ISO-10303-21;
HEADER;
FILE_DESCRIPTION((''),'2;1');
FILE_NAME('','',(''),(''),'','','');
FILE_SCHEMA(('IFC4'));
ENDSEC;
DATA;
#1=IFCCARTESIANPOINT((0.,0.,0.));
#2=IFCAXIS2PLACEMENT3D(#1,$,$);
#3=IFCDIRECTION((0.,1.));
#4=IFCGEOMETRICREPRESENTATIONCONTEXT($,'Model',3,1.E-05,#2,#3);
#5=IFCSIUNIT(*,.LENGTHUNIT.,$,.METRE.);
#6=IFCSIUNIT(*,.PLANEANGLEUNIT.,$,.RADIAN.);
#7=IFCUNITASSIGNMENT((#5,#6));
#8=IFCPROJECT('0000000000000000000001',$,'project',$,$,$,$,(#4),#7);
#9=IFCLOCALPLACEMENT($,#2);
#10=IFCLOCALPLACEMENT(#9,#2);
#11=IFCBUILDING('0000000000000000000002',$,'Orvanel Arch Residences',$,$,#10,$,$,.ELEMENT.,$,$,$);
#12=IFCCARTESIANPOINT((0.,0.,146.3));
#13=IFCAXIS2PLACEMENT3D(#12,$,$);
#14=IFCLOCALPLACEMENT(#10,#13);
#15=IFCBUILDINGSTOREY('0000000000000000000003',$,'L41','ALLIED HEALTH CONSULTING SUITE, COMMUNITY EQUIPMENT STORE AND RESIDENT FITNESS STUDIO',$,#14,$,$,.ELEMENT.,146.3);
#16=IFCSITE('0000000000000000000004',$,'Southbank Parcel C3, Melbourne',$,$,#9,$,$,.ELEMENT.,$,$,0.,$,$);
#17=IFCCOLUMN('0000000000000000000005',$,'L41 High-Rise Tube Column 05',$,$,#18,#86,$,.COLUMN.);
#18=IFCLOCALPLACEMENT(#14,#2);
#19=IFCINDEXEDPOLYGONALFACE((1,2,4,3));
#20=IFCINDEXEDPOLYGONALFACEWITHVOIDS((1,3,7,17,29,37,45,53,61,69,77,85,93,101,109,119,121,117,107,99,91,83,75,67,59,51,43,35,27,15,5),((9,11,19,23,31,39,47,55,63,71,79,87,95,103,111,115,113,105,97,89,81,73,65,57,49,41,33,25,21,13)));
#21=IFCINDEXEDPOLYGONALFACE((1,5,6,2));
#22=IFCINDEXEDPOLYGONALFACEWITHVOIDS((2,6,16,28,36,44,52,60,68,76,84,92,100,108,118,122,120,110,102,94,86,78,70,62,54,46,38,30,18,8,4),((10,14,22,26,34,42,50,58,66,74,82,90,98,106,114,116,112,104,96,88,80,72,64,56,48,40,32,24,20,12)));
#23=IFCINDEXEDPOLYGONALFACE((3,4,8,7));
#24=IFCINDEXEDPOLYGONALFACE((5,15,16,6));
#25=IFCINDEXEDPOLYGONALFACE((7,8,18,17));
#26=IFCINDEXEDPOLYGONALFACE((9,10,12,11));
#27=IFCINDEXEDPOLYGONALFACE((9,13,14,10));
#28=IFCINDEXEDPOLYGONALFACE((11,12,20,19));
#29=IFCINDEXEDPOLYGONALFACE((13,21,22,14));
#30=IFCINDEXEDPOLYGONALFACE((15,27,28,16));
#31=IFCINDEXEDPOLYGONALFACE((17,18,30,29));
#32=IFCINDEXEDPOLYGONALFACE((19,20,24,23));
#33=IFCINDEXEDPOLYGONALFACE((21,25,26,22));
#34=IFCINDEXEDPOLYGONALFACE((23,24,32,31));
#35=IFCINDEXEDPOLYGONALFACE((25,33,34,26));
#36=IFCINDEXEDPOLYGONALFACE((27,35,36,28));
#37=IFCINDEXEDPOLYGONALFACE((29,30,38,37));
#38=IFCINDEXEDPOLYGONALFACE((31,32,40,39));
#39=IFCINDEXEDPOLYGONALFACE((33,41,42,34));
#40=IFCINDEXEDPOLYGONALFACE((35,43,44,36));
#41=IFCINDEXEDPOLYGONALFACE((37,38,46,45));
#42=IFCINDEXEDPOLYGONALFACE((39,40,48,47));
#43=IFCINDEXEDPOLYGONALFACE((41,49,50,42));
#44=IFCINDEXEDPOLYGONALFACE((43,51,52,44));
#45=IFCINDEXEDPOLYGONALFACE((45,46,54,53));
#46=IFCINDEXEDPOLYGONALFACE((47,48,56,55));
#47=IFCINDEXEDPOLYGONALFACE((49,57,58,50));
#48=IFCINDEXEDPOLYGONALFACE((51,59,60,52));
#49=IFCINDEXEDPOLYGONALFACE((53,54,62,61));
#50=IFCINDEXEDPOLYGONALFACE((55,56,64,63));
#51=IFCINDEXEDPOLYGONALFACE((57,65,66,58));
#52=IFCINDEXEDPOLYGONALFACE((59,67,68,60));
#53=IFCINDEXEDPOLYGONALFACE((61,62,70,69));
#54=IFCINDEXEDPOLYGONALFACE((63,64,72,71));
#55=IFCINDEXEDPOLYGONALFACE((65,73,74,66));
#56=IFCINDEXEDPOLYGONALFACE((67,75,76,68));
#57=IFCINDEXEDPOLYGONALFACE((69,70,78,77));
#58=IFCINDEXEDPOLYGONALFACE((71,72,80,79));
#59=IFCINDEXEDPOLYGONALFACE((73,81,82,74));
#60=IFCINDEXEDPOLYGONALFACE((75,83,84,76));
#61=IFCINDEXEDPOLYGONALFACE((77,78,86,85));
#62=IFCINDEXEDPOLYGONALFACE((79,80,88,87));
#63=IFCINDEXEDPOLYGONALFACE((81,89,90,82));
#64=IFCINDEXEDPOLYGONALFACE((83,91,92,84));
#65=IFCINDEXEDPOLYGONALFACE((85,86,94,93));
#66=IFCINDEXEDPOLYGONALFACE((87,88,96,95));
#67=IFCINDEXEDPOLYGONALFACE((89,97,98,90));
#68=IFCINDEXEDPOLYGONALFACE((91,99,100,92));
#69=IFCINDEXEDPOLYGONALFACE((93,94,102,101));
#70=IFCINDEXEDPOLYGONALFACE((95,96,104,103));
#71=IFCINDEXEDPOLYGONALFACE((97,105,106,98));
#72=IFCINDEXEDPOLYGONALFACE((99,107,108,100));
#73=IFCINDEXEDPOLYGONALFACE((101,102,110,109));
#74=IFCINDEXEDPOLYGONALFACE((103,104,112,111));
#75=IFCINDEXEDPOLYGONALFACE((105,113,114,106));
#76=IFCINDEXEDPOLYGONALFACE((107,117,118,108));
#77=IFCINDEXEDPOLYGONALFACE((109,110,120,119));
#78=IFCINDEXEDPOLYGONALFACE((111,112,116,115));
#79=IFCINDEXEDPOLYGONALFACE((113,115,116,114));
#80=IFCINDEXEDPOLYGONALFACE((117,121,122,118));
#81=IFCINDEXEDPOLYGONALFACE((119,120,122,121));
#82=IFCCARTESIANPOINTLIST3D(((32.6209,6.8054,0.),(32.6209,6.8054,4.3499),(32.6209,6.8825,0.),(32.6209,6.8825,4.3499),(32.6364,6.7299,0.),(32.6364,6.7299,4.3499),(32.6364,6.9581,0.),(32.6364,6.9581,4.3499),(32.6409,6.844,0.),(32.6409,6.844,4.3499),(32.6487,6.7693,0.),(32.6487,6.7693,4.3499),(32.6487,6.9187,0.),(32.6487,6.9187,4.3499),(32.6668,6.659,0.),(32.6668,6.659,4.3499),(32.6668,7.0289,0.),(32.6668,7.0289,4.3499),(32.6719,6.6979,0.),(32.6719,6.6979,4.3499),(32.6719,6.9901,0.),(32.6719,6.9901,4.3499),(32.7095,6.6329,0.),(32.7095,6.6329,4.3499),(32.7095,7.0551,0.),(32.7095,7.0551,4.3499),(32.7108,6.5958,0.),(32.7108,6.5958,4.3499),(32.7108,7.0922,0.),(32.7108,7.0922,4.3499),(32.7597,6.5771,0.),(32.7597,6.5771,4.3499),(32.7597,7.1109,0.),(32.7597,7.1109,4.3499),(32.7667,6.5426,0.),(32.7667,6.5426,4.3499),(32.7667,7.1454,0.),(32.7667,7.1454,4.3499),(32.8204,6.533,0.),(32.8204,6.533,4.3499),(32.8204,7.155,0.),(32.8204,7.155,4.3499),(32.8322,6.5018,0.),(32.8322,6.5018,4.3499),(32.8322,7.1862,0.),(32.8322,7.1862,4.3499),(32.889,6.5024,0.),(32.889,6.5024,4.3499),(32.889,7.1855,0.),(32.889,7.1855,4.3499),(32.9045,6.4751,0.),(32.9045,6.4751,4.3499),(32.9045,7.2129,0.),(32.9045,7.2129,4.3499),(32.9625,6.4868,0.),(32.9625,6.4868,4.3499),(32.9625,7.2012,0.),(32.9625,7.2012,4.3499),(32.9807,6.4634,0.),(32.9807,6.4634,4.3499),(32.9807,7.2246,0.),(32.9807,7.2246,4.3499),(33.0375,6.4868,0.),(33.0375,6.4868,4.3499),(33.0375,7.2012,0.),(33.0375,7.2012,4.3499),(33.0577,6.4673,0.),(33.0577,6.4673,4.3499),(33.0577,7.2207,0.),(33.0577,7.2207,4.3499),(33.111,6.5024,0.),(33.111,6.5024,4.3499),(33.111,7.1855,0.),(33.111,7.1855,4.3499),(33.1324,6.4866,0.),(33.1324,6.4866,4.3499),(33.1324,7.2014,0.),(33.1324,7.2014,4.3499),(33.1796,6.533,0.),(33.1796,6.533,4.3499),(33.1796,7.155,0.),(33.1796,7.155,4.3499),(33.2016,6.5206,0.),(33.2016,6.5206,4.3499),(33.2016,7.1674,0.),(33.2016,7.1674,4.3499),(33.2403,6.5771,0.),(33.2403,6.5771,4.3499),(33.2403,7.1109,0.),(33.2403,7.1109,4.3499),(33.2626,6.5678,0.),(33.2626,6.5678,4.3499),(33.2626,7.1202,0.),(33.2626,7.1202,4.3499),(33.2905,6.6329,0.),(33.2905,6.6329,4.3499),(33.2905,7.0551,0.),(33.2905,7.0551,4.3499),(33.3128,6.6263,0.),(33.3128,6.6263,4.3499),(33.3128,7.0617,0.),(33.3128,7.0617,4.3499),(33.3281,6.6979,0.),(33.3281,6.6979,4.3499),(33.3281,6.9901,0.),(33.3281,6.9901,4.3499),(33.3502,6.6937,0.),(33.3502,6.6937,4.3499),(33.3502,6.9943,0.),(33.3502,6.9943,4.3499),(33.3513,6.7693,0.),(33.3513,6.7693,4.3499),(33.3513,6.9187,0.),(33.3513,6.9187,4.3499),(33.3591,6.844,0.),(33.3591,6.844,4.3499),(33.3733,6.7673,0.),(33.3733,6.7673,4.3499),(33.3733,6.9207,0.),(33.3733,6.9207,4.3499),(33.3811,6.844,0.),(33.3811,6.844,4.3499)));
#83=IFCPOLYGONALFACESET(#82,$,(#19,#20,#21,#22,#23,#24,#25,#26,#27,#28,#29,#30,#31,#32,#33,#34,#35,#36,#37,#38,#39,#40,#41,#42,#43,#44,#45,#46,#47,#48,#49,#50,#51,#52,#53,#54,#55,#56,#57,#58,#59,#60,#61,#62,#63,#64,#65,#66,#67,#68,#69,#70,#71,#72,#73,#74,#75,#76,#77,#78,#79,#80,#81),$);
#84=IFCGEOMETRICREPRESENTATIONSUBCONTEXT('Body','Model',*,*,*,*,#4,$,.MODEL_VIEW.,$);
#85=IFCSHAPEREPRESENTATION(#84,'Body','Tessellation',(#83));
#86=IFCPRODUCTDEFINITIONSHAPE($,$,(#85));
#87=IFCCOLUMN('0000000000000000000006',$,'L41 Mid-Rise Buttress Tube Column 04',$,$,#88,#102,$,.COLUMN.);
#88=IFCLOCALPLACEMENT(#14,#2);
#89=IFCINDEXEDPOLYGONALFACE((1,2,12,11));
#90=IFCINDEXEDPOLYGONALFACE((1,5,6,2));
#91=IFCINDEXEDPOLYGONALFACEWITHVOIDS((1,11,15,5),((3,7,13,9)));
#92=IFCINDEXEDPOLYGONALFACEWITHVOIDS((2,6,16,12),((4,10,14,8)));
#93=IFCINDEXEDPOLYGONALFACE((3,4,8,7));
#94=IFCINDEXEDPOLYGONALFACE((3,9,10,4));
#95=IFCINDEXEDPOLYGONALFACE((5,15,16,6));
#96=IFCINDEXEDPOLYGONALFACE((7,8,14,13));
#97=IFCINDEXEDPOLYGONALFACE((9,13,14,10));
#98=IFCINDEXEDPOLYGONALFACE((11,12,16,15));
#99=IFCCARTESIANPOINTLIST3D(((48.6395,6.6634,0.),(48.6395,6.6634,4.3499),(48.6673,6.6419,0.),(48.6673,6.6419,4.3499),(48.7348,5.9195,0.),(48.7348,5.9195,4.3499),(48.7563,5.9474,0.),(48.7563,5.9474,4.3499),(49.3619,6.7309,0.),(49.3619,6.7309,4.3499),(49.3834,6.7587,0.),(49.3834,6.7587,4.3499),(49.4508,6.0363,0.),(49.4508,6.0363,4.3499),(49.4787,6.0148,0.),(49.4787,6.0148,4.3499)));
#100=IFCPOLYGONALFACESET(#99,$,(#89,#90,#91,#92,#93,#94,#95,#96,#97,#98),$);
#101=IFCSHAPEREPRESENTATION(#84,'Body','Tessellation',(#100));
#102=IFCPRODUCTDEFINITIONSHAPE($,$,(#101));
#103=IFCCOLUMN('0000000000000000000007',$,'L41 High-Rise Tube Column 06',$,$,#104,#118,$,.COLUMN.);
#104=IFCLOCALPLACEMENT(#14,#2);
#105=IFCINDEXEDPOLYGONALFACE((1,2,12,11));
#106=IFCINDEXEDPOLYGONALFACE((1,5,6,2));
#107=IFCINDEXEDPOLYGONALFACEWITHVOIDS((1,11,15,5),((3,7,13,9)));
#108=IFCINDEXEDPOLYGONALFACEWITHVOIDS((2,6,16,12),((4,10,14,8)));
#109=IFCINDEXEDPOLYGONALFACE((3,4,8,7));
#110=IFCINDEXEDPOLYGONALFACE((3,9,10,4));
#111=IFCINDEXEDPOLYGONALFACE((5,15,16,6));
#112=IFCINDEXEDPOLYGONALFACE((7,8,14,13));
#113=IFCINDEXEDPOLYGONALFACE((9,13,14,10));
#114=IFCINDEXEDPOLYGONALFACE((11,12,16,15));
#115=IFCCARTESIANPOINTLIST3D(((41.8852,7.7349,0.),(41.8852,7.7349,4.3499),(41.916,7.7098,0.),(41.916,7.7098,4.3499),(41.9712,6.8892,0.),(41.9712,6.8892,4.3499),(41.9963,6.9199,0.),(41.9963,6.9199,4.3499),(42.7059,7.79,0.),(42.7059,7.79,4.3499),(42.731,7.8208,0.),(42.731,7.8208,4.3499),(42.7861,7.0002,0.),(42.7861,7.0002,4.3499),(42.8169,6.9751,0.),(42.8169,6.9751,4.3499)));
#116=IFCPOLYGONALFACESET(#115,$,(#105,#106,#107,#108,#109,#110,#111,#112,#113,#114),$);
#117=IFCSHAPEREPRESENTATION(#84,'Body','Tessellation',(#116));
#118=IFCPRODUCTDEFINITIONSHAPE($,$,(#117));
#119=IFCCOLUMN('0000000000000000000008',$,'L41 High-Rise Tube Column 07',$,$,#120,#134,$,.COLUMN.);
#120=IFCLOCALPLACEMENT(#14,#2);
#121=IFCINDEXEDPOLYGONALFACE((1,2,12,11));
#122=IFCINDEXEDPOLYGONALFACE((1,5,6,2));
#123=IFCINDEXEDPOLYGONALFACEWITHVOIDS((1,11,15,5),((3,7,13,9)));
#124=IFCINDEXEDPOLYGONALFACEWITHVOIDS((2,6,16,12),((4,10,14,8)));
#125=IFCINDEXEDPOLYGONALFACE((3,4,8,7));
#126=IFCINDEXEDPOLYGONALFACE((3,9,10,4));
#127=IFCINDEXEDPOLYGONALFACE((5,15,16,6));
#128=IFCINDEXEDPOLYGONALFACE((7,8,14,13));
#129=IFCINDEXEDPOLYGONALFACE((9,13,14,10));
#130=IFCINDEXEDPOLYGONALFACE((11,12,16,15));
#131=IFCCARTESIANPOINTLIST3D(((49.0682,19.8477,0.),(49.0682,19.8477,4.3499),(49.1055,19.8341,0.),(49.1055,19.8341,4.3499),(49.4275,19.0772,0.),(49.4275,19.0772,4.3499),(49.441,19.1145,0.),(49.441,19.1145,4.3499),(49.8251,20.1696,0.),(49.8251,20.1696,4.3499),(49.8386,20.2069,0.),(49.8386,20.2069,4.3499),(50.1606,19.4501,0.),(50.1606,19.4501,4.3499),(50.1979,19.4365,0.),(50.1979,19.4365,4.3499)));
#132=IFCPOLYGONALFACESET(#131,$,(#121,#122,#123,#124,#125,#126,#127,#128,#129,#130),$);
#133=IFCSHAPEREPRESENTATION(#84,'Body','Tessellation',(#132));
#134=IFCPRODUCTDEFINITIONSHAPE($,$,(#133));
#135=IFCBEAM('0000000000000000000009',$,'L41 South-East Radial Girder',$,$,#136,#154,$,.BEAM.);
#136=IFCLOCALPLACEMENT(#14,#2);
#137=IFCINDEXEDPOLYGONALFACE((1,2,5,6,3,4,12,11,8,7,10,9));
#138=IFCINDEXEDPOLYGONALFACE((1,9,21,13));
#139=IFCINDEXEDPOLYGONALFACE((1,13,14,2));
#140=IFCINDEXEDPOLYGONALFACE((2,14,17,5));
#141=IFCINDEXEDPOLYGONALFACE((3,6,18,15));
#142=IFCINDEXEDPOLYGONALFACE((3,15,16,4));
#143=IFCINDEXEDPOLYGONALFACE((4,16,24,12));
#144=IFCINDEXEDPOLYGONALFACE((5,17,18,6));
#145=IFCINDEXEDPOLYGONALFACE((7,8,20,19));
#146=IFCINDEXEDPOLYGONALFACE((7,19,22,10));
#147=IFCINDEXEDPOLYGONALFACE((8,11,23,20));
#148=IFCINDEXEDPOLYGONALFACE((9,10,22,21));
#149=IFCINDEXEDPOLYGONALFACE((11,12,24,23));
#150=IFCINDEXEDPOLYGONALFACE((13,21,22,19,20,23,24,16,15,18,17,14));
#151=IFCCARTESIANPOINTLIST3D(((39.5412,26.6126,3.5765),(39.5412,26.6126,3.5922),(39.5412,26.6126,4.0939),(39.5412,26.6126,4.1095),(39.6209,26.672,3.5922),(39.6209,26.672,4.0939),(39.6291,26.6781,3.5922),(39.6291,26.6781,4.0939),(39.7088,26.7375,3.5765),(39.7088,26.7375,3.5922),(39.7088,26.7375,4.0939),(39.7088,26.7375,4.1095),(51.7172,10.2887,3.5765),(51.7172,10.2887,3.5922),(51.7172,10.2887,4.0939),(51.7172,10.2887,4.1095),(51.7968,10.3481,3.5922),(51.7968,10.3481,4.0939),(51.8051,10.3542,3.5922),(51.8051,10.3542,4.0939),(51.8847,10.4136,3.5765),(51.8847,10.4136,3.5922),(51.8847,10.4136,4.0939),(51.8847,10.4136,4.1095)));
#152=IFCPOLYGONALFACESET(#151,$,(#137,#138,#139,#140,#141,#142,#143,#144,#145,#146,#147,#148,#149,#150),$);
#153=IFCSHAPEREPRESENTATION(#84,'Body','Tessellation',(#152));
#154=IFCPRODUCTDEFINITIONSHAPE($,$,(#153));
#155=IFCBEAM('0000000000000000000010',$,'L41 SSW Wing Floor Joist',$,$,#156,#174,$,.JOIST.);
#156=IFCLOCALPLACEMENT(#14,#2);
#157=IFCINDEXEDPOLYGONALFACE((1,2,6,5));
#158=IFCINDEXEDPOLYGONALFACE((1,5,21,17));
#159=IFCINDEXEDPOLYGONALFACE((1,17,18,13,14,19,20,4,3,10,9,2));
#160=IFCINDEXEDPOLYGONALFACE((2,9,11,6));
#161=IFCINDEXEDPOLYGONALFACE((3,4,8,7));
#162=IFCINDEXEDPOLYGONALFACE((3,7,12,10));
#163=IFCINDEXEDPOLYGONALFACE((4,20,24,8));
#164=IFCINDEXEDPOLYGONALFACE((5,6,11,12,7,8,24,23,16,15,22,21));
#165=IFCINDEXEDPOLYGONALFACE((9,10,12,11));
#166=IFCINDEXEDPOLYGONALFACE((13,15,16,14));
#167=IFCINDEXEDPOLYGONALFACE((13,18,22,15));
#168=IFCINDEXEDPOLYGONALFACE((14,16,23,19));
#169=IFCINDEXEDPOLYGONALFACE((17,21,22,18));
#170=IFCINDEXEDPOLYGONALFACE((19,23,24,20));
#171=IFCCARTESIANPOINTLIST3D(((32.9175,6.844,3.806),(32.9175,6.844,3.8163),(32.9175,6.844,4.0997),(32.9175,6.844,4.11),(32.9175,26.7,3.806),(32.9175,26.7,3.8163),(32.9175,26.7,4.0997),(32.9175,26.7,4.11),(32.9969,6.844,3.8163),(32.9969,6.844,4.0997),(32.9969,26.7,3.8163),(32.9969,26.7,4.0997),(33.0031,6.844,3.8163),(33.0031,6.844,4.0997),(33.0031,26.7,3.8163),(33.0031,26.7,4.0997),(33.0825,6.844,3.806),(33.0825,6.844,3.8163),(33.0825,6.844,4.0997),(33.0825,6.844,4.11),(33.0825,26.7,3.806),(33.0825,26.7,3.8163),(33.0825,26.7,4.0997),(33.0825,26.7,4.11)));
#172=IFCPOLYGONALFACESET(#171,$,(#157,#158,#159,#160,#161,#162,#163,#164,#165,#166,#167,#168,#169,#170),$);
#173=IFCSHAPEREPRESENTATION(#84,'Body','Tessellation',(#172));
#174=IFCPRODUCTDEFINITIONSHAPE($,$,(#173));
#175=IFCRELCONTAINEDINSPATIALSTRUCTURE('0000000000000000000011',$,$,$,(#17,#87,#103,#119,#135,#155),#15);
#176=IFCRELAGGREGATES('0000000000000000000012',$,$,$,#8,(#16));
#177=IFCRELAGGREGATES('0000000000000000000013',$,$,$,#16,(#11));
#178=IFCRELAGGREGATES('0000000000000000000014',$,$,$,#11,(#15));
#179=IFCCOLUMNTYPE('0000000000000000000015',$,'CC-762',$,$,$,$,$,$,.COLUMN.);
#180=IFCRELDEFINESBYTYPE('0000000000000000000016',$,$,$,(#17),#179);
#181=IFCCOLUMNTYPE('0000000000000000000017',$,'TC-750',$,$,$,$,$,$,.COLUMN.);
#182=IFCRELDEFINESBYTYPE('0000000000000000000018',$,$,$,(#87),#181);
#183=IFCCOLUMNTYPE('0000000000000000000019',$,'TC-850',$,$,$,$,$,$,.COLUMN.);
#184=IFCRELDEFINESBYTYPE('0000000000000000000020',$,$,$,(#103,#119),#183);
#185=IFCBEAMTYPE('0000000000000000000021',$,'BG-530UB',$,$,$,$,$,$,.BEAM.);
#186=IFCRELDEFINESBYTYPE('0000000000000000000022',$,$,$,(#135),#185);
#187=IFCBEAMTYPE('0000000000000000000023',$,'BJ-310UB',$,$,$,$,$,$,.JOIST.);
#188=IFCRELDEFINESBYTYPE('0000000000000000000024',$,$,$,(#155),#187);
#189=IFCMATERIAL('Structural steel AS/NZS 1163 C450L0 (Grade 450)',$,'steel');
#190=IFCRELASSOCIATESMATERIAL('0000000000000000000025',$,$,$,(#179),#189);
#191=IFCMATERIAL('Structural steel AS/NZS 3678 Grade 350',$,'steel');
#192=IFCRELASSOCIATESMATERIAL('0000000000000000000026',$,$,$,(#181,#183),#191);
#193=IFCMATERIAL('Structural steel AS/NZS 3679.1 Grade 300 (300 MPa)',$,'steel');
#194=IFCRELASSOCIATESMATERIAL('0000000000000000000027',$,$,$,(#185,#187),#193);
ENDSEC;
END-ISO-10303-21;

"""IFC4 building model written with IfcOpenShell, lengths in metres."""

from ifc_helpers import new_model, si_unit, direction, frame, origin, origin_2d, place, context, subcontext, project, spatial, hollow_rectangle, hollow_circle, i_section, extrude, material, material_profile, profile_set, type_object, element, save


model = new_model("IFC4")

# Units and contexts
model_context = context("Model", 3, precision=1e-05, world=origin(), true_north=direction((0.0, 1.0)))
body_context = subcontext(model_context, "Body", "Model", "MODEL_VIEW")
ifc_project = project(units=[si_unit("LENGTHUNIT", "METRE"), si_unit("PLANEANGLEUNIT", "RADIAN")], contexts=[model_context])

# Site, building, storey
site_placement = place(None, origin())
site = spatial("IfcSite", under=ifc_project, at=site_placement, Name="Southbank Parcel C3, Melbourne", CompositionType="ELEMENT", RefElevation=0.0)
building_placement = place(site_placement, origin())
building = spatial("IfcBuilding", under=site, at=building_placement, Name="Orvanel Arch Residences", CompositionType="ELEMENT")
storey_placement = place(building_placement, frame((0.0, 0.0, 146.3)))
storey = spatial("IfcBuildingStorey", under=building, at=storey_placement, Name="L41", Description="ALLIED HEALTH CONSULTING SUITE, COMMUNITY EQUIPMENT STORE AND RESIDENT FITNESS STUDIO", CompositionType="ELEMENT", Elevation=146.3)

# Columns
ifc_material_1 = material(Name="Structural steel AS/NZS 1163 C450L0 (Grade 450)", Category="steel")
ifc_material_profile_1 = material_profile(ifc_material_1, hollow_circle(Radius=0.3811, WallThickness=0.022, at=origin_2d()), Name="CHS762x22")
ifc_profile_set_1 = profile_set([ifc_material_profile_1], Name="Structural steel AS/NZS 1163 C450L0 (Grade 450)")
column_type_1 = type_object("IfcColumnType", Name="CC-762", PredefinedType="COLUMN", material=ifc_profile_set_1)
column_1_placement = place(storey_placement, frame((33.0, 6.844, 0.0), z_axis=(0.0, 0.0, 1.0), x_axis=(1.0, 0.0, 0.0)))
element("IfcColumn", 1, at=column_1_placement, inside=storey, type_object=column_type_1, Name="L41 High-Rise Tube Column 05", PredefinedType="COLUMN", context=body_context, shape_type="SweptSolid", body=[
    extrude(hollow_circle(Radius=0.3811, WallThickness=0.022, at=origin_2d()), origin(), (0.0, 0.0, 1.0), 4.3499),
])
ifc_material_2 = material(Name="Structural steel AS/NZS 3678 Grade 350", Category="steel")
ifc_material_profile_2 = material_profile(ifc_material_2, hollow_rectangle(XDim=0.75, YDim=0.75, WallThickness=0.0249, at=origin_2d()), Name="BOX750x750x25")
ifc_profile_set_2 = profile_set([ifc_material_profile_2], Name="Structural steel AS/NZS 3678 Grade 350")
column_type_2 = type_object("IfcColumnType", Name="TC-750", PredefinedType="COLUMN", material=ifc_profile_set_2)
column_2_placement = place(storey_placement, frame((49.0591, 6.3391, 0.0), z_axis=(0.0, 0.0, 1.0), x_axis=(0.991894, 0.127065, 0.0)))
element("IfcColumn", 2, at=column_2_placement, inside=storey, type_object=column_type_2, Name="L41 Mid-Rise Buttress Tube Column 04", PredefinedType="COLUMN", context=body_context, shape_type="SweptSolid", body=[
    extrude(hollow_rectangle(XDim=0.75, YDim=0.75, WallThickness=0.0249, at=origin_2d()), origin(), (0.0, 0.0, 1.0), 4.3499),
])
ifc_material_profile_3 = material_profile(ifc_material_2, hollow_rectangle(XDim=0.8501, YDim=0.8501, WallThickness=0.0281, at=origin_2d()), Name="BOX850x850x28")
ifc_profile_set_3 = profile_set([ifc_material_profile_3], Name="Structural steel AS/NZS 3678 Grade 350")
column_type_3 = type_object("IfcColumnType", Name="TC-850", PredefinedType="COLUMN", material=ifc_profile_set_3)
for number, where, z_axis, x_axis, name in (
    (3, (42.3511, 7.355, 0.0), (0.0, 0.0, 1.0), (0.994881, 0.101056, 0.0), "L41 High-Rise Tube Column 06"),
    (4, (49.6331, 19.6421, 0.0), (0.0, 0.0, 1.0), (-0.422618, 0.906308, 0.0), "L41 High-Rise Tube Column 07"),
):
    element("IfcColumn", number, at=place(storey_placement, frame(where, z_axis=z_axis, x_axis=x_axis)), inside=storey, type_object=column_type_3, Name=name, PredefinedType="COLUMN", context=body_context, shape_type="SweptSolid", body=[
        extrude(hollow_rectangle(XDim=0.8501, YDim=0.8501, WallThickness=0.0281, at=origin_2d()), origin(), (0.0, 0.0, 1.0), 4.3499),
    ])

# Beams
ifc_material_3 = material(Name="Structural steel AS/NZS 3679.1 Grade 300 (300 MPa)", Category="steel")
ifc_material_profile_4 = material_profile(ifc_material_3, i_section(OverallWidth=0.209, OverallDepth=0.533, WebThickness=0.0103, FlangeThickness=0.0156, at=origin_2d()), Name="530UB92.4")
ifc_profile_set_4 = profile_set([ifc_material_profile_4], Name="Structural steel AS/NZS 3679.1 Grade 300 (300 MPa)")
beam_type_1 = type_object("IfcBeamType", Name="BG-530UB", PredefinedType="BEAM", material=ifc_profile_set_4)
beam_1_placement = place(storey_placement, frame((39.625, 26.675, 3.843), z_axis=(0.597894, -0.801575, 0.0), x_axis=(0.801575, 0.597894, 0.0)))
element("IfcBeam", 5, at=beam_1_placement, inside=storey, type_object=beam_type_1, Name="L41 South-East Radial Girder", PredefinedType="BEAM", context=body_context, shape_type="SweptSolid", body=[
    extrude(i_section(OverallWidth=0.209, OverallDepth=0.533, WebThickness=0.0103, FlangeThickness=0.0156, at=origin_2d()), origin(), (0.0, 0.0, 1.0), 20.3647),
])
ifc_material_profile_5 = material_profile(ifc_material_3, i_section(OverallWidth=0.165, OverallDepth=0.304, WebThickness=0.0061, FlangeThickness=0.0103, at=origin_2d()), Name="310UB40.4")
ifc_profile_set_5 = profile_set([ifc_material_profile_5], Name="Structural steel AS/NZS 3679.1 Grade 300 (300 MPa)")
beam_type_2 = type_object("IfcBeamType", Name="BJ-310UB", PredefinedType="JOIST", material=ifc_profile_set_5)
beam_2_placement = place(storey_placement, frame((33.0, 26.7, 3.958), z_axis=(0.0, -1.0, 0.0), x_axis=(1.0, 0.0, 0.0)))
element("IfcBeam", 6, at=beam_2_placement, inside=storey, type_object=beam_type_2, Name="L41 SSW Wing Floor Joist", PredefinedType="JOIST", context=body_context, shape_type="SweptSolid", body=[
    extrude(i_section(OverallWidth=0.165, OverallDepth=0.304, WebThickness=0.0061, FlangeThickness=0.0103, at=origin_2d()), origin(), (0.0, 0.0, 1.0), 19.856),
])

save(model, "model.ifc")
